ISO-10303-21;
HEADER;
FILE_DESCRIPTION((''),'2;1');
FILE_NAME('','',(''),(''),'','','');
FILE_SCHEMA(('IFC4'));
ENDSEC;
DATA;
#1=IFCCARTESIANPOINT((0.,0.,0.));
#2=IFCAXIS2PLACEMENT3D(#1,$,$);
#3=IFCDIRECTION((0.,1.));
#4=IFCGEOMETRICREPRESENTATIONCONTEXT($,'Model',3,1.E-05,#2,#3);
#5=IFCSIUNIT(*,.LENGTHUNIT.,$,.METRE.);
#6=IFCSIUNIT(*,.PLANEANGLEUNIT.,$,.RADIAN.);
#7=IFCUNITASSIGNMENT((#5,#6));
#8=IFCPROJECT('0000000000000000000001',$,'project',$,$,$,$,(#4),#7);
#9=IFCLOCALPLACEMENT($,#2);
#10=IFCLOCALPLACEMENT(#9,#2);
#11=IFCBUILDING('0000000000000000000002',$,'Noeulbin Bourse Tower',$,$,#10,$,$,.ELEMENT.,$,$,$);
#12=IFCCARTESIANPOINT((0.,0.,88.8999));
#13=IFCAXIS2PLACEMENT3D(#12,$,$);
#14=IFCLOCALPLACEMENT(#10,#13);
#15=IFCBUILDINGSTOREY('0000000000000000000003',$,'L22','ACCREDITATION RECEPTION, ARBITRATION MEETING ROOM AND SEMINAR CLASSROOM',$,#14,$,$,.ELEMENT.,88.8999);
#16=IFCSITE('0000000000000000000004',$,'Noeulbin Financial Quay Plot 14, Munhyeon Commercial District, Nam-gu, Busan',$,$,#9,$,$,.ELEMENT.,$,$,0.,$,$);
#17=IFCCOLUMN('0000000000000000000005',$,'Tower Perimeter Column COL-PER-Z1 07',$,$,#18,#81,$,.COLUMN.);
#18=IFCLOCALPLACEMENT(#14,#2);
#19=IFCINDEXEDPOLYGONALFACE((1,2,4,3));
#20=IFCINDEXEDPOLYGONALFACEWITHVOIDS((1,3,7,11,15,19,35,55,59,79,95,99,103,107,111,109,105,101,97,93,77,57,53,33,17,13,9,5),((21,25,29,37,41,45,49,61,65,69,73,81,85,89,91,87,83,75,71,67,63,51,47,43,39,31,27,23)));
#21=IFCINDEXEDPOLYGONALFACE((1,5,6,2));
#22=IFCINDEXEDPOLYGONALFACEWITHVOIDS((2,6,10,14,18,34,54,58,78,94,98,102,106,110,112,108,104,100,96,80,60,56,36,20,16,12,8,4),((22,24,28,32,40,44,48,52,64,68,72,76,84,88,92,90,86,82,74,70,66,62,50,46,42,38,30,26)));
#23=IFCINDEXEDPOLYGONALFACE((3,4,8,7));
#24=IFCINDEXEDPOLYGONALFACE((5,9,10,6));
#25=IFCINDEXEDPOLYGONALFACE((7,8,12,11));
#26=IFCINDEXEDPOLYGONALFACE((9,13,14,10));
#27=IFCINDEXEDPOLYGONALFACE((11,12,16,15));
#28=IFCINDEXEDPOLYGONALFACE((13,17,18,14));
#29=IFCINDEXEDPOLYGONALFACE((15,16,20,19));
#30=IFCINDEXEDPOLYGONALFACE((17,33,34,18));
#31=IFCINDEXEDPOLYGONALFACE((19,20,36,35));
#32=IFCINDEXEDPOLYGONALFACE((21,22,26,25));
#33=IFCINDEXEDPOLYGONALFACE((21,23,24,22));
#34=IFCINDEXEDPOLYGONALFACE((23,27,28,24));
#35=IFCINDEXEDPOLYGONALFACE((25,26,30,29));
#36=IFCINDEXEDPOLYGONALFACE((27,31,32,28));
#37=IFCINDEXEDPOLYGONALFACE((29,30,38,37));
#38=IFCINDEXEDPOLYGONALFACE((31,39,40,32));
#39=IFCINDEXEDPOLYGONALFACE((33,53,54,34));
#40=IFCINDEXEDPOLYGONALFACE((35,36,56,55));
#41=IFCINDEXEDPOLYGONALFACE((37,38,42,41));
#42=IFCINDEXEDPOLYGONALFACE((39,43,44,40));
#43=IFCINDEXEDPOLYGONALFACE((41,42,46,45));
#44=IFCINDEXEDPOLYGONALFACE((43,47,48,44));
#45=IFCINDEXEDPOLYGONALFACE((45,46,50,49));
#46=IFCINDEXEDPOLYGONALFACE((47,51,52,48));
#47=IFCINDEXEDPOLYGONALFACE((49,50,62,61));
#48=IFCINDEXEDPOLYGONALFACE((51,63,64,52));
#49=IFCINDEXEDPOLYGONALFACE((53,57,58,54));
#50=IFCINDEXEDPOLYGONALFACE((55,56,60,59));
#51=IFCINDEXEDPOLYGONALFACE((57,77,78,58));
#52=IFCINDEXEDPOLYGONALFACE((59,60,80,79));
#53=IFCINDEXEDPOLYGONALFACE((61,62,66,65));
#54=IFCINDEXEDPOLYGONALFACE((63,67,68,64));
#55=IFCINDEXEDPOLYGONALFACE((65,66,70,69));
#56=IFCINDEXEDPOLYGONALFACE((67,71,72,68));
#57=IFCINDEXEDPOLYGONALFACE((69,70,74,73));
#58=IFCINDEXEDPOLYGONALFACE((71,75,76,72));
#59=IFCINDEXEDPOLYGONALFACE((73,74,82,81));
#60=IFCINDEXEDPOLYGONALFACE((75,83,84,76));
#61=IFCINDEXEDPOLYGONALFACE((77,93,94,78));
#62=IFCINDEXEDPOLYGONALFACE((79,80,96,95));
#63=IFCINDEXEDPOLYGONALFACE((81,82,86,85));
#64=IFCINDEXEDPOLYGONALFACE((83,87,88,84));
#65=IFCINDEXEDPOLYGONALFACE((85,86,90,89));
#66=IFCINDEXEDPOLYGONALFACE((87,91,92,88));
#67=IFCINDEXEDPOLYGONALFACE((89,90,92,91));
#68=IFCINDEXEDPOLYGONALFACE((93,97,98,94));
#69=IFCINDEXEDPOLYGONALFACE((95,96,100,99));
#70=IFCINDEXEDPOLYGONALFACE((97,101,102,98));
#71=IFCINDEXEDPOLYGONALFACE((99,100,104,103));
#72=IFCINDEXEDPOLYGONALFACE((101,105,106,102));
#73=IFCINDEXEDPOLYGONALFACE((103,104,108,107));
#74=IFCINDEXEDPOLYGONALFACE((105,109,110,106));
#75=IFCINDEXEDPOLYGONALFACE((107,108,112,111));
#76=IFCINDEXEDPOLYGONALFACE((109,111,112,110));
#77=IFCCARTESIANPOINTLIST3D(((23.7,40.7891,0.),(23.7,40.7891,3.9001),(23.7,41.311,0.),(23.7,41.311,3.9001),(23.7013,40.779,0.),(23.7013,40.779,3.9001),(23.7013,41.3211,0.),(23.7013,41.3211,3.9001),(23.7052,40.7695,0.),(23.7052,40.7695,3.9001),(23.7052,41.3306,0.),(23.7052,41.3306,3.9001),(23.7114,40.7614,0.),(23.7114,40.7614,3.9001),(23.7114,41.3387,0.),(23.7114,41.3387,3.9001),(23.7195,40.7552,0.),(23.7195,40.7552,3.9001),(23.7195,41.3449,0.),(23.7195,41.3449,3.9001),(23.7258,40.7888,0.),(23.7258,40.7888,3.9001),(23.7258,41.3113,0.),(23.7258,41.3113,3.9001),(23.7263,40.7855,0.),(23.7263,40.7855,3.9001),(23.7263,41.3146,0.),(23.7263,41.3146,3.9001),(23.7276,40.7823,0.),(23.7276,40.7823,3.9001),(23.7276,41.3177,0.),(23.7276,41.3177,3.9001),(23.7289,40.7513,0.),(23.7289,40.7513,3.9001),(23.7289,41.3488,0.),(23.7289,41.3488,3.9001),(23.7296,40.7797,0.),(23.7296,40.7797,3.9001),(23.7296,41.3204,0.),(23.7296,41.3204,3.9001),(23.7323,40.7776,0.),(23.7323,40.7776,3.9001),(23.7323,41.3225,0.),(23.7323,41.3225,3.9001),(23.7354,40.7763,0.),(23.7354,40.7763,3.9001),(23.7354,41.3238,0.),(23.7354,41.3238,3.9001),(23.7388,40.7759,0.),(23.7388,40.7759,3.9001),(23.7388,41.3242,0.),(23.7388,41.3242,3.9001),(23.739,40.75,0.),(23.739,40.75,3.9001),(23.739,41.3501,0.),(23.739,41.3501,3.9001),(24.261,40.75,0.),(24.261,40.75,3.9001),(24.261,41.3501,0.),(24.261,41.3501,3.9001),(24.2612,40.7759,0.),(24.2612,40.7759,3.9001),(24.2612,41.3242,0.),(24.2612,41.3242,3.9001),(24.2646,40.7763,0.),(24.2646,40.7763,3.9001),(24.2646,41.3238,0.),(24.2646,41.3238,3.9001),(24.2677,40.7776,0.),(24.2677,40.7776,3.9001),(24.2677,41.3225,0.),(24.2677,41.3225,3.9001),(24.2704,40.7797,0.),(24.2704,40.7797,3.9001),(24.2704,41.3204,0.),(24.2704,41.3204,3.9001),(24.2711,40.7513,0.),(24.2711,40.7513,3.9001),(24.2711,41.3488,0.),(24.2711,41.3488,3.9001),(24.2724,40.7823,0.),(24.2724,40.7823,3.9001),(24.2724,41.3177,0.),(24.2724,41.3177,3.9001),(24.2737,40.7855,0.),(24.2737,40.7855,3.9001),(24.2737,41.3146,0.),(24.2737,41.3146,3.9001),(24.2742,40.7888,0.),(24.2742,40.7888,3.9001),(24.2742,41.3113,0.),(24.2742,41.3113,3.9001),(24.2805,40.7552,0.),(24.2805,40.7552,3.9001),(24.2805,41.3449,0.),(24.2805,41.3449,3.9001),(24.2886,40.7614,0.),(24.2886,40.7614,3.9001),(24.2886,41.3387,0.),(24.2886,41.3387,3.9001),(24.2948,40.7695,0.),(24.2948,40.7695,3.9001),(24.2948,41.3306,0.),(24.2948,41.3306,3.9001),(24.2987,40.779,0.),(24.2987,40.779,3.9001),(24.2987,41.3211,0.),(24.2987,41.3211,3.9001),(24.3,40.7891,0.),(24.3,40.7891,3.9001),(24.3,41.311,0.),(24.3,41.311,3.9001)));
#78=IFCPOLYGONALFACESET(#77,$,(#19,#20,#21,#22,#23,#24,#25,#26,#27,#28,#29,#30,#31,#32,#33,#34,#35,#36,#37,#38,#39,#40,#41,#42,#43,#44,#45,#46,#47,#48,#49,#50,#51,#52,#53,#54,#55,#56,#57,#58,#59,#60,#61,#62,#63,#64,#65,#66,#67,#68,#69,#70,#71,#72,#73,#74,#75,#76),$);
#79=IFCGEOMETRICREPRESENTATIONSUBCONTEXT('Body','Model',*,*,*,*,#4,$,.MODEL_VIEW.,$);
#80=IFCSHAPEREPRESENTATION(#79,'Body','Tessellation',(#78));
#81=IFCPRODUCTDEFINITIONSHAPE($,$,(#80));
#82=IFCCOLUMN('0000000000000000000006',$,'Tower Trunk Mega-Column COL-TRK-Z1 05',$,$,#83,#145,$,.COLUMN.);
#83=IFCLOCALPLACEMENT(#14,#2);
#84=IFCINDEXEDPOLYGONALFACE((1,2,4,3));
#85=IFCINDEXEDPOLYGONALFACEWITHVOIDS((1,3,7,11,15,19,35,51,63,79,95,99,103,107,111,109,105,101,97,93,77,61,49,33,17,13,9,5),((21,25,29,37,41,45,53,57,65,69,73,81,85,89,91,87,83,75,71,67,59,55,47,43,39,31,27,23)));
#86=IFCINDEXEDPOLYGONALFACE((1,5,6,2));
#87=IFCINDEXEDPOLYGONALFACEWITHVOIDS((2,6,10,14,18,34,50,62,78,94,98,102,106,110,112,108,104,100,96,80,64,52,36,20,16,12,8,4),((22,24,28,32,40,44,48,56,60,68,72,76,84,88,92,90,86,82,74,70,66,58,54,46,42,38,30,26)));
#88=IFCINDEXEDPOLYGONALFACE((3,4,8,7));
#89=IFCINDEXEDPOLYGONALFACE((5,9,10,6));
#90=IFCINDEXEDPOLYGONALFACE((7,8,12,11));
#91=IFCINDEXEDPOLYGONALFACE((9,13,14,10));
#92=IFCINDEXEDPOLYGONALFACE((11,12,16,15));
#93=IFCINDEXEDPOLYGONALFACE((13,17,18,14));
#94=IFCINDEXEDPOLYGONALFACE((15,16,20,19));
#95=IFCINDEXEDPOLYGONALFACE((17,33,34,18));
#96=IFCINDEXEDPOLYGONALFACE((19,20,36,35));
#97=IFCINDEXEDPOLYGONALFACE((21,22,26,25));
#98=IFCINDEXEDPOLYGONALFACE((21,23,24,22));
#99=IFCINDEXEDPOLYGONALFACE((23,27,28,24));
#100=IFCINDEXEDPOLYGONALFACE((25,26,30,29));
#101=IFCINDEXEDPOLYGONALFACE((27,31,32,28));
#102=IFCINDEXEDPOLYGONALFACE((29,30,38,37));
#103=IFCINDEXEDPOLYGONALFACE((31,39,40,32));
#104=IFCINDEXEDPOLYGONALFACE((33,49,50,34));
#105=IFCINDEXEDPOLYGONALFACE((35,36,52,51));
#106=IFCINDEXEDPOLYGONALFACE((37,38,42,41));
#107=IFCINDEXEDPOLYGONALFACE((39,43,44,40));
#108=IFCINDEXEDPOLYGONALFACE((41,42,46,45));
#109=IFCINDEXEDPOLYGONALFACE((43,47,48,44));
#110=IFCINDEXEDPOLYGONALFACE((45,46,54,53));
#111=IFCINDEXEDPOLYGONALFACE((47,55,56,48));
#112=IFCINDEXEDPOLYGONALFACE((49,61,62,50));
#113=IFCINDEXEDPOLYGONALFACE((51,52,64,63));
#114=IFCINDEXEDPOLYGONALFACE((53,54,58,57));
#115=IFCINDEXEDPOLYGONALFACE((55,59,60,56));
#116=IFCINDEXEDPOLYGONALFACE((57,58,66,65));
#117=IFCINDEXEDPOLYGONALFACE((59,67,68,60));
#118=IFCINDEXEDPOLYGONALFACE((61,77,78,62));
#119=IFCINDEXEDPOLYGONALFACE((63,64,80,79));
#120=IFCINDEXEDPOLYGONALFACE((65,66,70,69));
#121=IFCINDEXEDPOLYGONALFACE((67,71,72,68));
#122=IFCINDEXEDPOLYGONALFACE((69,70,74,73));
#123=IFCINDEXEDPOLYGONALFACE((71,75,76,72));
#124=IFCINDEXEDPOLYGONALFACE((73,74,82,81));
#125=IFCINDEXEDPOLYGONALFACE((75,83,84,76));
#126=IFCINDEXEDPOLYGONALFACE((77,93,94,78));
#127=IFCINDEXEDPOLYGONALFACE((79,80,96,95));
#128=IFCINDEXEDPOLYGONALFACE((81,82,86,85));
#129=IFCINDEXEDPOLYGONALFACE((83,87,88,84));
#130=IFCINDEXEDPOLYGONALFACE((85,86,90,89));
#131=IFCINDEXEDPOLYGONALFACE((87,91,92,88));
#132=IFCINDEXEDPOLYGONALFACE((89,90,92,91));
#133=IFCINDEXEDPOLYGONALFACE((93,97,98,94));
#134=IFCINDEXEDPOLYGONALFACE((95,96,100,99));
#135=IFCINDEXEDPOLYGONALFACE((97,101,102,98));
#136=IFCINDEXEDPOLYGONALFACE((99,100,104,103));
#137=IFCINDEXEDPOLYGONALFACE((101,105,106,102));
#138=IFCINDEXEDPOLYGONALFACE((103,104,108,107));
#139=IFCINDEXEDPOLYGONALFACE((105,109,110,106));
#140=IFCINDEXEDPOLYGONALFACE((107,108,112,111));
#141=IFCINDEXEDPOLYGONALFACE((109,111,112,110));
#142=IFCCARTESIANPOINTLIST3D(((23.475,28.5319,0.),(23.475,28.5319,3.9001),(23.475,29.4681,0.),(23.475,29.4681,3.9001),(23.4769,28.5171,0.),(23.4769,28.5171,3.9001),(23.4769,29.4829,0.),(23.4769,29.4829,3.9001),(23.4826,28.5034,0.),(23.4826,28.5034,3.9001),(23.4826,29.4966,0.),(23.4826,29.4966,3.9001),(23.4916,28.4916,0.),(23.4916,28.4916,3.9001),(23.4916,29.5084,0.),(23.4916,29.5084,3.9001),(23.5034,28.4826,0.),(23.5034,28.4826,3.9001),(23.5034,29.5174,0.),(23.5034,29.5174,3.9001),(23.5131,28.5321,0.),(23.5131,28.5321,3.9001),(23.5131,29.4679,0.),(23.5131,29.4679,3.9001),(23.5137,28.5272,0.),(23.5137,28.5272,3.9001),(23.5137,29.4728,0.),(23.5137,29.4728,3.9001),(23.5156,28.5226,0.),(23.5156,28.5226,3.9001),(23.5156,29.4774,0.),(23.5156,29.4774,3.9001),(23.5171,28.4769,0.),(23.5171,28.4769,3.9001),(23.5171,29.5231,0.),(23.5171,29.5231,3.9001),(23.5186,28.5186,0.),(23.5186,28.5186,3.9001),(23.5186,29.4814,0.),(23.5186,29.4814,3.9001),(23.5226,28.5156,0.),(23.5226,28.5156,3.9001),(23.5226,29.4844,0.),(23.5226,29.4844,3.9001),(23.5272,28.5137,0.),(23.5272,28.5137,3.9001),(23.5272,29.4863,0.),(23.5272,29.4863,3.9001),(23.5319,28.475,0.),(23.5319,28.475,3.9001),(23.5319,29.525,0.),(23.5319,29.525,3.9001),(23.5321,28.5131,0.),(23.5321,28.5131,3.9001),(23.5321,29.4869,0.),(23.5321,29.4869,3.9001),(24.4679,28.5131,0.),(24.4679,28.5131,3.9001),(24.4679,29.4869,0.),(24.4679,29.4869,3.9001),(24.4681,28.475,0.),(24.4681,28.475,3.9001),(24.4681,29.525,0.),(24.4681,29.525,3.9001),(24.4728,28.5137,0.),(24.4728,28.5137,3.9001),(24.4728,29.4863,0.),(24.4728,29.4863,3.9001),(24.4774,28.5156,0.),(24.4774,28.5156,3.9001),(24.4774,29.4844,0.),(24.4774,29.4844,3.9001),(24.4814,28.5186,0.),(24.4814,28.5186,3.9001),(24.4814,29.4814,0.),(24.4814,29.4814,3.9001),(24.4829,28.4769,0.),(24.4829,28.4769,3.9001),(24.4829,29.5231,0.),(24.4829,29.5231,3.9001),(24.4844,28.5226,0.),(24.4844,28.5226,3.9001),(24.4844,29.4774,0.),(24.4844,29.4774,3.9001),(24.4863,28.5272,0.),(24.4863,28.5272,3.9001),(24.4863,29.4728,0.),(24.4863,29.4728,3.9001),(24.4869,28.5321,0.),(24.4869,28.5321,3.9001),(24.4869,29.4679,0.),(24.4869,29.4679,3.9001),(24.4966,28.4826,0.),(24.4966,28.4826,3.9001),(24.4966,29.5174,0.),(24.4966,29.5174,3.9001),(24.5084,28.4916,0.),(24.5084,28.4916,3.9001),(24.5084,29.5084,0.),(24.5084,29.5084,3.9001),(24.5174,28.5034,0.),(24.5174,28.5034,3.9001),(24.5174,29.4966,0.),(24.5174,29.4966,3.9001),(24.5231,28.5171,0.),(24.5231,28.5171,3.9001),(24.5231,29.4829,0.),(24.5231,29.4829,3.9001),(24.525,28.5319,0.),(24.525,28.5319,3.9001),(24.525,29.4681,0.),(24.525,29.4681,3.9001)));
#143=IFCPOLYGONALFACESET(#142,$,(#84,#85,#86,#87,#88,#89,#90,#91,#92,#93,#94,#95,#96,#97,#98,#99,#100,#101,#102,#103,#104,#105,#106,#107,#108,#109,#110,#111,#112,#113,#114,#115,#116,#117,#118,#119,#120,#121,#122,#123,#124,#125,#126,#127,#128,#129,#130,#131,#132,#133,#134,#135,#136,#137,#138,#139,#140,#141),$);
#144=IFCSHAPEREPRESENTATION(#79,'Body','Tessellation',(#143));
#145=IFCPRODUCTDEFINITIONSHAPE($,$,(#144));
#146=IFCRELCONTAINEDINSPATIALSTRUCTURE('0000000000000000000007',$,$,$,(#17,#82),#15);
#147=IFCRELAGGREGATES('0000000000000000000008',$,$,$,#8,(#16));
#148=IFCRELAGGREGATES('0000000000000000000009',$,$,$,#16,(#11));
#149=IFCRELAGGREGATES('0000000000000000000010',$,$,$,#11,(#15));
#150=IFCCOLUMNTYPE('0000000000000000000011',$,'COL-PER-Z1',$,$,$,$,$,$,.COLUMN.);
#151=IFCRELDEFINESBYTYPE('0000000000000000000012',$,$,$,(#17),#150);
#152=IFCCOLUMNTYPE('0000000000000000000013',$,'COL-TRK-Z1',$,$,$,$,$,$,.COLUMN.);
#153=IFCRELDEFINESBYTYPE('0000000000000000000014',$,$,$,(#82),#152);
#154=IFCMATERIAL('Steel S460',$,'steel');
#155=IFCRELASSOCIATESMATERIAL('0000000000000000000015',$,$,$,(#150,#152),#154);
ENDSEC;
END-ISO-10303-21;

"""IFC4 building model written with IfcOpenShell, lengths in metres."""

from ifc_helpers import new_model, si_unit, direction, frame, origin, origin_2d, place, context, subcontext, project, spatial, hollow_rectangle, extrude, material, material_profile, profile_set, type_object, element, save


model = new_model("IFC4")

# Units and contexts
model_context = context("Model", 3, precision=1e-05, world=origin(), true_north=direction((0.0, 1.0)))
body_context = subcontext(model_context, "Body", "Model", "MODEL_VIEW")
ifc_project = project(units=[si_unit("LENGTHUNIT", "METRE"), si_unit("PLANEANGLEUNIT", "RADIAN")], contexts=[model_context])

# Site, building, storey
site_placement = place(None, origin())
site = spatial("IfcSite", under=ifc_project, at=site_placement, Name="Noeulbin Financial Quay Plot 14, Munhyeon Commercial District, Nam-gu, Busan", CompositionType="ELEMENT", RefElevation=0.0)
building_placement = place(site_placement, origin())
building = spatial("IfcBuilding", under=site, at=building_placement, Name="Noeulbin Bourse Tower", CompositionType="ELEMENT")
storey_placement = place(building_placement, frame((0.0, 0.0, 88.8999)))
storey = spatial("IfcBuildingStorey", under=building, at=storey_placement, Name="L22", Description="ACCREDITATION RECEPTION, ARBITRATION MEETING ROOM AND SEMINAR CLASSROOM", CompositionType="ELEMENT", Elevation=88.8999)

# Columns
ifc_material_1 = material(Name="Steel S460", Category="steel")
ifc_material_profile_1 = material_profile(ifc_material_1, hollow_rectangle(XDim=0.6001, YDim=0.6001, WallThickness=0.0259, InnerFilletRadius=0.0129, OuterFilletRadius=0.0391, at=origin_2d()), Name="BOX-600x600x26", Category="LoadBearing")
ifc_profile_set_1 = profile_set([ifc_material_profile_1], Name="Steel S460")
column_type_1 = type_object("IfcColumnType", Name="COL-PER-Z1", PredefinedType="COLUMN", material=ifc_profile_set_1)
column_placement = place(storey_placement, frame((24.0, 41.05, 0.0), z_axis=(0.0, 0.0, 1.0), x_axis=(1.0, 0.0, 0.0)))
element("IfcColumn", 1, at=column_placement, inside=storey, type_object=column_type_1, Name="Tower Perimeter Column COL-PER-Z1 07", PredefinedType="COLUMN", context=body_context, shape_type="SweptSolid", body=[
    extrude(hollow_rectangle(XDim=0.6001, YDim=0.6001, WallThickness=0.0259, InnerFilletRadius=0.0129, OuterFilletRadius=0.0391, at=origin_2d()), origin(), (0.0, 0.0, 1.0), 3.9001),
])
ifc_material_profile_2 = material_profile(ifc_material_1, hollow_rectangle(XDim=1.05, YDim=1.05, WallThickness=0.0381, InnerFilletRadius=0.019, OuterFilletRadius=0.0569, at=origin_2d()), Name="BOX-1050x1050x38", Category="LoadBearing")
ifc_profile_set_2 = profile_set([ifc_material_profile_2], Name="Steel S460")
column_type_2 = type_object("IfcColumnType", Name="COL-TRK-Z1", PredefinedType="COLUMN", material=ifc_profile_set_2)
for number, where, z_axis, x_axis, name in (
    (2, (24.0, 29.0, 0.0), (0.0, 0.0, 1.0), (1.0, 0.0, 0.0), "Tower Trunk Mega-Column COL-TRK-Z1 05"),
):
    element("IfcColumn", number, at=place(storey_placement, frame(where, z_axis=z_axis, x_axis=x_axis)), inside=storey, type_object=column_type_2, Name=name, PredefinedType="COLUMN", context=body_context, shape_type="SweptSolid", body=[
        extrude(hollow_rectangle(XDim=1.05, YDim=1.05, WallThickness=0.0381, InnerFilletRadius=0.019, OuterFilletRadius=0.0569, at=origin_2d()), origin(), (0.0, 0.0, 1.0), 3.9001),
    ])

save(model, "model.ifc")
